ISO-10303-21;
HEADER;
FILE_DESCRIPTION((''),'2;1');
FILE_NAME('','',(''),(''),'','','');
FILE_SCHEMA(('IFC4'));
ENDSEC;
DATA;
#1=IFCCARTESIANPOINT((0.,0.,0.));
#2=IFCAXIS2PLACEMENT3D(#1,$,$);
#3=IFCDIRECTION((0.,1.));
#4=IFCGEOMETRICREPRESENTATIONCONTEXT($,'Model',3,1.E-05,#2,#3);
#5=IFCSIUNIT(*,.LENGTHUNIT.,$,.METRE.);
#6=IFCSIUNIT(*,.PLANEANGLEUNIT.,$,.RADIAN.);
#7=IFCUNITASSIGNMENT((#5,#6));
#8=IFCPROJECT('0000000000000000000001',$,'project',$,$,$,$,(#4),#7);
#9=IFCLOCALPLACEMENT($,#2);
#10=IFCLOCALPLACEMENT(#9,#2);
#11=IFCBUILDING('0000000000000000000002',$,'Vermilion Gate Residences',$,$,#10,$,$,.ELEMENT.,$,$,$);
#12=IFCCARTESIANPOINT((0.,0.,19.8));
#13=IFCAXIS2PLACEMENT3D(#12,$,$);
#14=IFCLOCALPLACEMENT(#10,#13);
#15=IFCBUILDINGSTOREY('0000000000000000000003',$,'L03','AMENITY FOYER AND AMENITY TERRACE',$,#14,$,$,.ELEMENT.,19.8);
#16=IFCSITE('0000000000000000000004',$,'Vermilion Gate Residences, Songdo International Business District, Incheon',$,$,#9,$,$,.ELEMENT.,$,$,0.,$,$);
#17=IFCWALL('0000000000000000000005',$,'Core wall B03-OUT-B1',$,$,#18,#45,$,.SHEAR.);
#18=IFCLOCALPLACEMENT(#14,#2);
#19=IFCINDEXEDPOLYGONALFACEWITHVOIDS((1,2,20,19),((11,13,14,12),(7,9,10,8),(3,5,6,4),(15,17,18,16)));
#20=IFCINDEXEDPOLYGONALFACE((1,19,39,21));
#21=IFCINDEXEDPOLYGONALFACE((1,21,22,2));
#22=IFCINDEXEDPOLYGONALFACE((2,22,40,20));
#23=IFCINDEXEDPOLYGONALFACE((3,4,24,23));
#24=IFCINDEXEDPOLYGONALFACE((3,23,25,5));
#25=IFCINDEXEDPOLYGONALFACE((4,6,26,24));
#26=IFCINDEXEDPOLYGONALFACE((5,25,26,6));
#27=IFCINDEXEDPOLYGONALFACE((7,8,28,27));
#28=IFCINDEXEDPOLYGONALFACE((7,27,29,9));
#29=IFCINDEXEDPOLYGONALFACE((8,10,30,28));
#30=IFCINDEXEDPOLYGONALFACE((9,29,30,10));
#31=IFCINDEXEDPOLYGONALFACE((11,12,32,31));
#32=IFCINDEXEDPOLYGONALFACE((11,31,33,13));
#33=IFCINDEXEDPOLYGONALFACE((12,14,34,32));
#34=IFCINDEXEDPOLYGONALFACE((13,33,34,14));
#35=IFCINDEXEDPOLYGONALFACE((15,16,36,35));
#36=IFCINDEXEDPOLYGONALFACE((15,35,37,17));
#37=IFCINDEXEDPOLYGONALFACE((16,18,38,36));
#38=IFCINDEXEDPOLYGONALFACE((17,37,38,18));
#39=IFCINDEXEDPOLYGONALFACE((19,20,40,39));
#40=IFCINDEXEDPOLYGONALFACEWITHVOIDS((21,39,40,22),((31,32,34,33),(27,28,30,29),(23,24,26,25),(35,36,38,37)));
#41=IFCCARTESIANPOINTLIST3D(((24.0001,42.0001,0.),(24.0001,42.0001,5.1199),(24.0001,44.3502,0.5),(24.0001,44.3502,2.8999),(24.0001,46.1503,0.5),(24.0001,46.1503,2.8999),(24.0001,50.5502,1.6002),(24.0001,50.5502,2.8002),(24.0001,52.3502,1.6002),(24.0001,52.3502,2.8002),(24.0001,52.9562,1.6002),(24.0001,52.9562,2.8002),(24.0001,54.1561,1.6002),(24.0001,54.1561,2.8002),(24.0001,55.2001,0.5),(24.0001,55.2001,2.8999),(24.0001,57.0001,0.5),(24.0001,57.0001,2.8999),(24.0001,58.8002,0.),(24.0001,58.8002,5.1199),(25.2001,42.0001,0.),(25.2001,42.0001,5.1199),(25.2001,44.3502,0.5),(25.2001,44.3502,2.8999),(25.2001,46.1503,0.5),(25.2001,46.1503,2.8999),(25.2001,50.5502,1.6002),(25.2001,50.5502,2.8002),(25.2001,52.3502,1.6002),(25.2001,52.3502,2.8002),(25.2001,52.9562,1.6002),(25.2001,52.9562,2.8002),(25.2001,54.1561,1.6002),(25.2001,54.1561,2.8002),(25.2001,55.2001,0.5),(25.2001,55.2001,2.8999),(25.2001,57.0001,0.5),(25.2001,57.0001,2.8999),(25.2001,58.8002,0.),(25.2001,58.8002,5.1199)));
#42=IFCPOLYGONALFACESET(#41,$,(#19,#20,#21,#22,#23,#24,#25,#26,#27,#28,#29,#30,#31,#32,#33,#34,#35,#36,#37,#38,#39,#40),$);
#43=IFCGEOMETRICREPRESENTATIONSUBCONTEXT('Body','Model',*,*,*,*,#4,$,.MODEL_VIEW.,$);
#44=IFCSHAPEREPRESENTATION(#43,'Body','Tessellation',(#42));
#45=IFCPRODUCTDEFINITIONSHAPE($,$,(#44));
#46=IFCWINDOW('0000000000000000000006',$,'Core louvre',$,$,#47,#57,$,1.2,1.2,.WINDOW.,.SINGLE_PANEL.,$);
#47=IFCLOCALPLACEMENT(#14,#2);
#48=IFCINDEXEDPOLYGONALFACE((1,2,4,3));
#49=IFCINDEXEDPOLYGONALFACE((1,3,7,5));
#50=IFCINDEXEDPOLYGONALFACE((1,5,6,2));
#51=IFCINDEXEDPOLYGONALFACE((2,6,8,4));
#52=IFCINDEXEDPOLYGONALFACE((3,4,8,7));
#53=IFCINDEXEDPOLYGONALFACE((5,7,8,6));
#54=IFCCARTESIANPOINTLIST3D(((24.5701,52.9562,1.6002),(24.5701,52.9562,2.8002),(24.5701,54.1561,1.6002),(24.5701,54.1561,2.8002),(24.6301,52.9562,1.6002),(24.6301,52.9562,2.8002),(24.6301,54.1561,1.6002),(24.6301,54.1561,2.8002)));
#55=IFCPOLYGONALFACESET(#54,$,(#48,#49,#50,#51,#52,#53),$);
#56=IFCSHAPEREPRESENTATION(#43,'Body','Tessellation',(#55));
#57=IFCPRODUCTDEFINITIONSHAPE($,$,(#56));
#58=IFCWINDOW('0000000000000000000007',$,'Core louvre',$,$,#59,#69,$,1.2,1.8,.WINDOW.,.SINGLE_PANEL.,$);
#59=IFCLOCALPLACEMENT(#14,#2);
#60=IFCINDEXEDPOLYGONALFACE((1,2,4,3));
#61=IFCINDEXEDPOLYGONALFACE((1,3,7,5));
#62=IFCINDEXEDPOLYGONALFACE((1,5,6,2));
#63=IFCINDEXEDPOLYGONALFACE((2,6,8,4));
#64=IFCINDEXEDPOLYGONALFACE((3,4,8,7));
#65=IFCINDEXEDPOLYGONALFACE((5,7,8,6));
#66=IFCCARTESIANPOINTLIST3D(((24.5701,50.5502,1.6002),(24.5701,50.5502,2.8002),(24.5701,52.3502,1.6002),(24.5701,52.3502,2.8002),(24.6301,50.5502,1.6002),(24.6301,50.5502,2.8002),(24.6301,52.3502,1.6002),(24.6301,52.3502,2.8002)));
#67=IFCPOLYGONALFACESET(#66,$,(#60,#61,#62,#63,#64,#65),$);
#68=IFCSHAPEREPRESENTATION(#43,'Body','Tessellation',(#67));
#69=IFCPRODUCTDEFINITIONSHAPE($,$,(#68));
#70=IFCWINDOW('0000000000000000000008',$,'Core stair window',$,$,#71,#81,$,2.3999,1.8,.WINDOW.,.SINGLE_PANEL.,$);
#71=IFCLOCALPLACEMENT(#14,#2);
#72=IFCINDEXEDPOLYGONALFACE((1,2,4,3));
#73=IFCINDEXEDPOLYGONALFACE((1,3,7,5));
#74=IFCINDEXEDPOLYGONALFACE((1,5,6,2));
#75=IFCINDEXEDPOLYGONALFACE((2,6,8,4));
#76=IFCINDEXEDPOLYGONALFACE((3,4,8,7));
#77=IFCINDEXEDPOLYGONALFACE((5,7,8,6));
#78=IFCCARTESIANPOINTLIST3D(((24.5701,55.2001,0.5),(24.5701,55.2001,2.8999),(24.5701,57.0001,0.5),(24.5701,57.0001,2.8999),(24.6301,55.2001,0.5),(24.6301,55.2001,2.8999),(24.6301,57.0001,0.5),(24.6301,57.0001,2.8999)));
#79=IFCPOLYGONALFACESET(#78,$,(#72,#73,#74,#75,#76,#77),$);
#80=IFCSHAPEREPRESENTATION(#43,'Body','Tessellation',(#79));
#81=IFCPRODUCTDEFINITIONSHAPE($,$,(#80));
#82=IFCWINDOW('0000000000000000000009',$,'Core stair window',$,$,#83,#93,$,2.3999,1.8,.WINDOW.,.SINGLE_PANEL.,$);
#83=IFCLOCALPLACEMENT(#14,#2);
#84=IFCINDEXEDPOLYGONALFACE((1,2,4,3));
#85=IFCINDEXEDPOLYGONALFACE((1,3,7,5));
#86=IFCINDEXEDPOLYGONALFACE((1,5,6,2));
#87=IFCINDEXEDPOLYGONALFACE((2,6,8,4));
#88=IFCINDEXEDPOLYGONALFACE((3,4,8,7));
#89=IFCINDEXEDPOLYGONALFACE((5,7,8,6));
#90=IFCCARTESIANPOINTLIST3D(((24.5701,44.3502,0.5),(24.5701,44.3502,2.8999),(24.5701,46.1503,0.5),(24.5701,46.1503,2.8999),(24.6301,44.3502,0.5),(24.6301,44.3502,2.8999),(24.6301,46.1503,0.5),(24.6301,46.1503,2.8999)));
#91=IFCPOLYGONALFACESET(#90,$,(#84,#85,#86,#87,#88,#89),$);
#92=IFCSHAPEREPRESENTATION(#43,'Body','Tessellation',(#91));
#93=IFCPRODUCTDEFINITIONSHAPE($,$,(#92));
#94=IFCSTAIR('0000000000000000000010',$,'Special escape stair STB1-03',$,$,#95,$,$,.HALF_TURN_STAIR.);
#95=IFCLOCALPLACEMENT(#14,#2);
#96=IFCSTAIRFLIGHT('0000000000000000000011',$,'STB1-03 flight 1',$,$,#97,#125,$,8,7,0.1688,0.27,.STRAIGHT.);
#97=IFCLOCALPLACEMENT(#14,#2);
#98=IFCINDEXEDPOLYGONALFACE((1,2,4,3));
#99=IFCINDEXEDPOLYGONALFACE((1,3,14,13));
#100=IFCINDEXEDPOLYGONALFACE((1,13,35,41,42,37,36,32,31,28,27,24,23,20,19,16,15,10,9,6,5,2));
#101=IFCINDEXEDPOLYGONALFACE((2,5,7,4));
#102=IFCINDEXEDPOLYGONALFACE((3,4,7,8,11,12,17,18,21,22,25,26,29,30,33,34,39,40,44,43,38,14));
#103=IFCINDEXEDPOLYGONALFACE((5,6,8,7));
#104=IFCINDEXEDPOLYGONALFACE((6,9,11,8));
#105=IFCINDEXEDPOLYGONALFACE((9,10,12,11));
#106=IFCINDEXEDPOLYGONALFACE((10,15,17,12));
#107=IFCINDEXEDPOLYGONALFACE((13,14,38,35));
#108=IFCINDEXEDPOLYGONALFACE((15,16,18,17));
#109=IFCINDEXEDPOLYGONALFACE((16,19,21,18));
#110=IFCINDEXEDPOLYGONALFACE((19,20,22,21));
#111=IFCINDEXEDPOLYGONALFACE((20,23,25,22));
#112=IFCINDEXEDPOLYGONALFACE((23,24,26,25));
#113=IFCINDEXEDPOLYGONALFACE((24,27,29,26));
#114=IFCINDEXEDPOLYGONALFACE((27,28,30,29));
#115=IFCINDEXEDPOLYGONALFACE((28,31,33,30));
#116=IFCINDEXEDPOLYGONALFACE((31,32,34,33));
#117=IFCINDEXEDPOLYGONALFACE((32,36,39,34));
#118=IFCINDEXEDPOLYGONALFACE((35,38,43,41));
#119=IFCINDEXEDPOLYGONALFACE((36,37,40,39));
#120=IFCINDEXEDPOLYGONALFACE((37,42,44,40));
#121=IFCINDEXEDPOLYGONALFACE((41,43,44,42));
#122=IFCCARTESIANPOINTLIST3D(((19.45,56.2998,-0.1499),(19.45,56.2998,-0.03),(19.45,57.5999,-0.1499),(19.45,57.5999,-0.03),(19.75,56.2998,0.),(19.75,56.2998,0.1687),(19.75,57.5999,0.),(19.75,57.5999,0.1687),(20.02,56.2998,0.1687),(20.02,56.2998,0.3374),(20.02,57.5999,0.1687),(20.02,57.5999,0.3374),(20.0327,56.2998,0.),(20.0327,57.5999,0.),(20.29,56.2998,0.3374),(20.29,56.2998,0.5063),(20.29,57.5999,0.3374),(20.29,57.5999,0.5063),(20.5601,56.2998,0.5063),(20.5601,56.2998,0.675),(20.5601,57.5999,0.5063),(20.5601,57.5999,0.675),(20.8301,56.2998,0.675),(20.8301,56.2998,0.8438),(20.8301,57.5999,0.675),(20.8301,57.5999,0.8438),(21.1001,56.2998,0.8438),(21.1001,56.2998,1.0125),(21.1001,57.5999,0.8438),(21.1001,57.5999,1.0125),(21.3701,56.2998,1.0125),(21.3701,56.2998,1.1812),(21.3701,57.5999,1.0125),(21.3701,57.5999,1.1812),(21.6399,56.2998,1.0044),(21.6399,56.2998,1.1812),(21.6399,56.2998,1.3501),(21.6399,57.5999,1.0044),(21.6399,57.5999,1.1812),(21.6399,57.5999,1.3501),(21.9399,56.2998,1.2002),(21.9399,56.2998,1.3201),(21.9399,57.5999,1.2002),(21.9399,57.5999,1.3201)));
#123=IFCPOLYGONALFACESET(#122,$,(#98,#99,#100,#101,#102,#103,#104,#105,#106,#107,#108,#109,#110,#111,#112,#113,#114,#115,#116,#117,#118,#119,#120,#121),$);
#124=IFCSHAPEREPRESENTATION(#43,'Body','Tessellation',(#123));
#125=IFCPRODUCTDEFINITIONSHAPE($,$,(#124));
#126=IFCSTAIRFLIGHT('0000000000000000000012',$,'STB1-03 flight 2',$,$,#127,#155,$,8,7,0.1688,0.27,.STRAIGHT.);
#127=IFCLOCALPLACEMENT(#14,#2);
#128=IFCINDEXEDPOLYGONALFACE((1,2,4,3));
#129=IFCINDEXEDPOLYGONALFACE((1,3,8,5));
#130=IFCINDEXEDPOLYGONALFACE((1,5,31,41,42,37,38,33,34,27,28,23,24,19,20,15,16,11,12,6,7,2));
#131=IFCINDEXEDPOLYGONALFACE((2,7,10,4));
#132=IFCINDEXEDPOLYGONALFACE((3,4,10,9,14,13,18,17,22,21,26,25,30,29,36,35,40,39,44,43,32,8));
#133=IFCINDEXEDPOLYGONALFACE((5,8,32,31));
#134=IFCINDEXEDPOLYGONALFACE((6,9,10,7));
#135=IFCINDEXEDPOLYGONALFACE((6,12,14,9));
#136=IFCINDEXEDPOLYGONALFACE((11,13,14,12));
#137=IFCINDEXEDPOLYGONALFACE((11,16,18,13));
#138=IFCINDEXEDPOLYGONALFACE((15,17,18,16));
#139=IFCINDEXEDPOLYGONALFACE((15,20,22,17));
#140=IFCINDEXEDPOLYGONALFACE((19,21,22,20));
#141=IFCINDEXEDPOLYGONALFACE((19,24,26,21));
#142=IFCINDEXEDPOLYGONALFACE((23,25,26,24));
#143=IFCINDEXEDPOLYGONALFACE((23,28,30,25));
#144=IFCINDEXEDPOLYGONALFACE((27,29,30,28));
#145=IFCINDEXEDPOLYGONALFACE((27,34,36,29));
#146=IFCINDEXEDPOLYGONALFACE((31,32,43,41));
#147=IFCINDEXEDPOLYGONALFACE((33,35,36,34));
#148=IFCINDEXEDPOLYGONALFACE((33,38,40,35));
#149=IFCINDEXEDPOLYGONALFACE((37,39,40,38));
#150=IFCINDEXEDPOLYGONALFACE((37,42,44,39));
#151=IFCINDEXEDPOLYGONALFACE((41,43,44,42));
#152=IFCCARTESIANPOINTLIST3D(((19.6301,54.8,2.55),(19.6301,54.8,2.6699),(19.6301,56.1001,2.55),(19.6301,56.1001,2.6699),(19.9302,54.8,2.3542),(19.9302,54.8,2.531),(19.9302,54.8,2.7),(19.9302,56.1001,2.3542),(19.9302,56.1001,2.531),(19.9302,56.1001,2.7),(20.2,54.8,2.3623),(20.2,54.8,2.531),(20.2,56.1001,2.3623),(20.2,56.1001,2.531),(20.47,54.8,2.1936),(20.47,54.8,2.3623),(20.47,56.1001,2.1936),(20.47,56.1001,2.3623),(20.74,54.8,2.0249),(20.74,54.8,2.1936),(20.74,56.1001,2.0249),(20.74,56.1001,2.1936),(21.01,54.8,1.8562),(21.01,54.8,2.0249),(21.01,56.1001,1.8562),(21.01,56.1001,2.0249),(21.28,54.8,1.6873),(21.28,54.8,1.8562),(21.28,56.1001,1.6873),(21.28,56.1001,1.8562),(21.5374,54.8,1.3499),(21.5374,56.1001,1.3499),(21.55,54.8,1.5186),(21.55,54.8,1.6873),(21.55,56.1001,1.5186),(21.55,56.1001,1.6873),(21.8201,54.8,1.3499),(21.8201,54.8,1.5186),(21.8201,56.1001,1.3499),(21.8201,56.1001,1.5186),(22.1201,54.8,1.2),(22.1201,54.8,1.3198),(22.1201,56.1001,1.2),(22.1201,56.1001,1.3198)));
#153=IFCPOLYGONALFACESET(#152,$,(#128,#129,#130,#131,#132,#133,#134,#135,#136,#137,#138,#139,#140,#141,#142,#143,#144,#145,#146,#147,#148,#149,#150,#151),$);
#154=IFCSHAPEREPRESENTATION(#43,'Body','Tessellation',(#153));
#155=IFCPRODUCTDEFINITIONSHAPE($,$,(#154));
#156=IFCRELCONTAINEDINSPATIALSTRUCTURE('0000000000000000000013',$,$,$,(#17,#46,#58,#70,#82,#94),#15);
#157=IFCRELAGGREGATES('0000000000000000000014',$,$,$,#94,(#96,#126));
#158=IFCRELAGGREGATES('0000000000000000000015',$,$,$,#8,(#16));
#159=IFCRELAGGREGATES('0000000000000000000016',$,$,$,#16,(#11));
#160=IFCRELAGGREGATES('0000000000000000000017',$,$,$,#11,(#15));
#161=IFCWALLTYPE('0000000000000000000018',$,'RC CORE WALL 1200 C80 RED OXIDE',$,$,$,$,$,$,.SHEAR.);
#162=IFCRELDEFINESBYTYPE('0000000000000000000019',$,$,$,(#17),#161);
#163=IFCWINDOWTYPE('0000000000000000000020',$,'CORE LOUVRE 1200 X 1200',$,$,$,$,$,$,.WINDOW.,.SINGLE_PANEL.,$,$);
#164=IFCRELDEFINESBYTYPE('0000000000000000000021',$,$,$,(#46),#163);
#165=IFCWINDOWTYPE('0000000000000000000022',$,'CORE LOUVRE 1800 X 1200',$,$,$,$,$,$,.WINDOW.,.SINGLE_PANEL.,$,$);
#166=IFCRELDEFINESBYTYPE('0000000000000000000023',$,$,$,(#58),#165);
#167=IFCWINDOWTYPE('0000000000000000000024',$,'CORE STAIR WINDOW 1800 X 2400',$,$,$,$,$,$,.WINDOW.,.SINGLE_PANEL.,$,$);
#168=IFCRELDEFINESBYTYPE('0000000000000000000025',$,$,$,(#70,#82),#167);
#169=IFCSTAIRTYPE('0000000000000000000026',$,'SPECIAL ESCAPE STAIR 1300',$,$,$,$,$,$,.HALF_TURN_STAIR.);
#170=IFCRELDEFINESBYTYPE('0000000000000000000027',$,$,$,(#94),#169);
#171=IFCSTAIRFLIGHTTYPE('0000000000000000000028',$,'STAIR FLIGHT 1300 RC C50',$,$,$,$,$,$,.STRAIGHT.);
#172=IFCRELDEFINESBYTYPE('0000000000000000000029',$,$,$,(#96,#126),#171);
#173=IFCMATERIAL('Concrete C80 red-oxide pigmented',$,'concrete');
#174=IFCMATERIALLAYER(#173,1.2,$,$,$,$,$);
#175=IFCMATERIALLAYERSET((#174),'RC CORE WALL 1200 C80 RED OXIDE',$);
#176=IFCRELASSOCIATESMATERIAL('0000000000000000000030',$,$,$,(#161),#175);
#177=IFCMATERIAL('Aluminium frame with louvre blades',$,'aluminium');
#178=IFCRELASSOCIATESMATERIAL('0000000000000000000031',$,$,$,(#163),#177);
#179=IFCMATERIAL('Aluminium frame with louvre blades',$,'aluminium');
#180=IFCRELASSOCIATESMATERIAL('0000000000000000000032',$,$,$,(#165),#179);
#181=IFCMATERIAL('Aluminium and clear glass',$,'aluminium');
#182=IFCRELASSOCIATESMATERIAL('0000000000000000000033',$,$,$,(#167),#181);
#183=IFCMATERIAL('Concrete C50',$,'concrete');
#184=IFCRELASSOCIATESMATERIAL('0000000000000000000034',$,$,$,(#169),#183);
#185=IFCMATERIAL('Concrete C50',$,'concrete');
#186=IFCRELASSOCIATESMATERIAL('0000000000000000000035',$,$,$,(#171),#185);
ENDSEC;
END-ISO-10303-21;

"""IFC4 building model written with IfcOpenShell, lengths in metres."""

from ifc_helpers import new_model, si_unit, direction, frame, frame_2d, origin, place, context, subcontext, project, spatial, polyline, rectangle, outline, extrude, material, layer, layer_set, type_object, element, fill, aggregate, save


model = new_model("IFC4")

# Units and contexts
model_context = context("Model", 3, precision=1e-05, world=origin(), true_north=direction((0.0, 1.0)))
body_context = subcontext(model_context, "Body", "Model", "MODEL_VIEW")
ifc_project = project(units=[si_unit("LENGTHUNIT", "METRE"), si_unit("PLANEANGLEUNIT", "RADIAN")], contexts=[model_context])

# Site, building, storey
site_placement = place(None, origin())
site = spatial("IfcSite", under=ifc_project, at=site_placement, Name="Vermilion Gate Residences, Songdo International Business District, Incheon", CompositionType="ELEMENT", RefElevation=0.0)
building_placement = place(site_placement, origin())
building = spatial("IfcBuilding", under=site, at=building_placement, Name="Vermilion Gate Residences", CompositionType="ELEMENT")
storey_placement = place(building_placement, frame((0.0, 0.0, 19.8)))
storey = spatial("IfcBuildingStorey", under=building, at=storey_placement, Name="L03", Description="AMENITY FOYER AND AMENITY TERRACE", CompositionType="ELEMENT", Elevation=19.8)

# Wall, openings, windows
ifc_material_1 = material(Name="Concrete C80 red-oxide pigmented", Category="concrete")
ifc_layer_1 = layer(ifc_material_1, 1.2)
ifc_layer_set_1 = layer_set([ifc_layer_1], Name="RC CORE WALL 1200 C80 RED OXIDE")
wall_type_1 = type_object("IfcWallType", Name="RC CORE WALL 1200 C80 RED OXIDE", PredefinedType="SHEAR", material=ifc_layer_set_1)
wall_1_placement = place(storey_placement, frame((24.6001, 58.8, 0.0), z_axis=(0.0, 0.0, 1.0), x_axis=(0.0, -1.0, 0.0)))
wall_1 = element("IfcWall", 1, at=wall_1_placement, inside=storey, type_object=wall_type_1, Name="Core wall B03-OUT-B1", PredefinedType="SHEAR", context=body_context, shape_type="SweptSolid", body=[
    extrude(rectangle(XDim=16.8, YDim=1.2, at=frame_2d((8.3999, 0.0))), origin(), (0.0, 0.0, 1.0), 5.1199),
])
opening_1_placement = place(wall_1_placement, frame((1.8, 0.0, 0.5)))
opening_1 = element("IfcOpeningElement", 2, at=opening_1_placement, cuts=wall_1, PredefinedType="OPENING", context=body_context, shape_type="SweptSolid", body=[
    extrude(rectangle(XDim=1.8, YDim=2.3999, at=frame_2d((0.8999, 1.2))), frame((0.0, 0.6099, 0.0), z_axis=(0.0, -1.0, 0.0), x_axis=(1.0, 0.0, 0.0)), (0.0, 0.0, 1.0), 1.22),
])
opening_2_placement = place(wall_1_placement, frame((4.6438, 0.0, 1.6001)))
opening_2 = element("IfcOpeningElement", 3, at=opening_2_placement, cuts=wall_1, PredefinedType="OPENING", context=body_context, shape_type="SweptSolid", body=[
    extrude(rectangle(XDim=1.2, YDim=1.2, at=frame_2d((0.6001, 0.6001))), frame((0.0, 0.6099, 0.0), z_axis=(0.0, -1.0, 0.0), x_axis=(1.0, 0.0, 0.0)), (0.0, 0.0, 1.0), 1.22),
])
opening_3_placement = place(wall_1_placement, frame((6.45, 0.0, 1.6001)))
opening_3 = element("IfcOpeningElement", 4, at=opening_3_placement, cuts=wall_1, PredefinedType="OPENING", context=body_context, shape_type="SweptSolid", body=[
    extrude(rectangle(XDim=1.8, YDim=1.2, at=frame_2d((0.8999, 0.6001))), frame((0.0, 0.6099, 0.0), z_axis=(0.0, -1.0, 0.0), x_axis=(1.0, 0.0, 0.0)), (0.0, 0.0, 1.0), 1.22),
])
opening_4_placement = place(wall_1_placement, frame((12.6499, 0.0, 0.5)))
opening_4 = element("IfcOpeningElement", 5, at=opening_4_placement, cuts=wall_1, PredefinedType="OPENING", context=body_context, shape_type="SweptSolid", body=[
    extrude(rectangle(XDim=1.8, YDim=2.3999, at=frame_2d((0.8999, 1.2))), frame((0.0, 0.6099, 0.0), z_axis=(0.0, -1.0, 0.0), x_axis=(1.0, 0.0, 0.0)), (0.0, 0.0, 1.0), 1.22),
])
ifc_material_2 = material(Name="Aluminium frame with louvre blades", Category="aluminium")
window_type_1 = type_object("IfcWindowType", Name="CORE LOUVRE 1200 X 1200", PartitioningType="SINGLE_PANEL", PredefinedType="WINDOW", material=ifc_material_2)
window_1_placement = place(opening_2_placement, origin())
window_1 = element("IfcWindow", 6, at=window_1_placement, inside=storey, type_object=window_type_1, Name="Core louvre", OverallHeight=1.2, OverallWidth=1.2, PartitioningType="SINGLE_PANEL", PredefinedType="WINDOW", context=body_context, shape_type="SweptSolid", body=[
    extrude(rectangle(XDim=1.2, YDim=1.2, at=frame_2d((0.6001, 0.6001))), frame((0.0, 0.03, 0.0), z_axis=(0.0, -1.0, 0.0), x_axis=(1.0, 0.0, 0.0)), (0.0, 0.0, 1.0), 0.0601),
])
fill(opening_2, window_1)
ifc_material_3 = material(Name="Aluminium frame with louvre blades", Category="aluminium")
window_type_2 = type_object("IfcWindowType", Name="CORE LOUVRE 1800 X 1200", PartitioningType="SINGLE_PANEL", PredefinedType="WINDOW", material=ifc_material_3)
window_2_placement = place(opening_3_placement, origin())
window_2 = element("IfcWindow", 7, at=window_2_placement, inside=storey, type_object=window_type_2, Name="Core louvre", OverallHeight=1.2, OverallWidth=1.8, PartitioningType="SINGLE_PANEL", PredefinedType="WINDOW", context=body_context, shape_type="SweptSolid", body=[
    extrude(rectangle(XDim=1.8, YDim=1.2, at=frame_2d((0.8999, 0.6001))), frame((0.0, 0.03, 0.0), z_axis=(0.0, -1.0, 0.0), x_axis=(1.0, 0.0, 0.0)), (0.0, 0.0, 1.0), 0.0601),
])
fill(opening_3, window_2)
ifc_material_4 = material(Name="Aluminium and clear glass", Category="aluminium")
window_type_3 = type_object("IfcWindowType", Name="CORE STAIR WINDOW 1800 X 2400", PartitioningType="SINGLE_PANEL", PredefinedType="WINDOW", material=ifc_material_4)
window_3_placement = place(opening_1_placement, origin())
window_3 = element("IfcWindow", 8, at=window_3_placement, inside=storey, type_object=window_type_3, Name="Core stair window", OverallHeight=2.3999, OverallWidth=1.8, PartitioningType="SINGLE_PANEL", PredefinedType="WINDOW", context=body_context, shape_type="SweptSolid", body=[
    extrude(rectangle(XDim=1.8, YDim=2.3999, at=frame_2d((0.8999, 1.2))), frame((0.0, 0.03, 0.0), z_axis=(0.0, -1.0, 0.0), x_axis=(1.0, 0.0, 0.0)), (0.0, 0.0, 1.0), 0.0601),
])
fill(opening_1, window_3)
window_4_placement = place(opening_4_placement, origin())
window_4 = element("IfcWindow", 9, at=window_4_placement, inside=storey, type_object=window_type_3, Name="Core stair window", OverallHeight=2.3999, OverallWidth=1.8, PartitioningType="SINGLE_PANEL", PredefinedType="WINDOW", context=body_context, shape_type="SweptSolid", body=[
    extrude(rectangle(XDim=1.8, YDim=2.3999, at=frame_2d((0.8999, 1.2))), frame((0.0, 0.03, 0.0), z_axis=(0.0, -1.0, 0.0), x_axis=(1.0, 0.0, 0.0)), (0.0, 0.0, 1.0), 0.0601),
])
fill(opening_4, window_4)

# Stair, stair flights
ifc_material_5 = material(Name="Concrete C50", Category="concrete")
stair_type = type_object("IfcStairType", Name="SPECIAL ESCAPE STAIR 1300", PredefinedType="HALF_TURN_STAIR", material=ifc_material_5)
stair_placement = place(storey_placement, origin())
stair = element("IfcStair", 10, at=stair_placement, inside=storey, type_object=stair_type, Name="Special escape stair STB1-03", PredefinedType="HALF_TURN_STAIR")
ifc_material_6 = material(Name="Concrete C50", Category="concrete")
stair_flight_type = type_object("IfcStairFlightType", Name="STAIR FLIGHT 1300 RC C50", PredefinedType="STRAIGHT", material=ifc_material_6)
stair_flight_1_placement = place(storey_placement, frame((19.75, 56.95, 0.0), z_axis=(0.0, 0.0, 1.0), x_axis=(1.0, 0.0, 0.0)))
stair_flight_1 = element("IfcStairFlight", 11, at=stair_flight_1_placement, type_object=stair_flight_type, Name="STB1-03 flight 1", NumberOfRisers=8, NumberOfTreads=7, PredefinedType="STRAIGHT", RiserHeight=0.1688, TreadLength=0.27, context=body_context, shape_type="SweptSolid", body=[
    extrude(outline(polyline([(-0.3, -0.1499), (-0.3, -0.03), (0.0, 0.0), (0.0, 0.1687), (0.27, 0.1687), (0.27, 0.3374), (0.54, 0.3374), (0.54, 0.5063), (0.8101, 0.5063), (0.8101, 0.675), (1.0801, 0.675), (1.0801, 0.8438), (1.3501, 0.8438), (1.3501, 1.0125), (1.6201, 1.0125), (1.6201, 1.1812), (1.8899, 1.1812), (1.8899, 1.3501), (2.1899, 1.3201), (2.1899, 1.2002), (1.8899, 1.0044), (0.2827, 0.0), (-0.3, -0.1499)])), frame((0.0, 0.6499, 0.0), z_axis=(0.0, -1.0, 0.0), x_axis=(1.0, 0.0, 0.0)), (0.0, 0.0, 1.0), 1.3),
])
stair_flight_2_placement = place(storey_placement, frame((21.8201, 55.45, 1.3499), z_axis=(0.0, 0.0, 1.0), x_axis=(-1.0, 0.0, 0.0)))
stair_flight_2 = element("IfcStairFlight", 12, at=stair_flight_2_placement, type_object=stair_flight_type, Name="STB1-03 flight 2", NumberOfRisers=8, NumberOfTreads=7, PredefinedType="STRAIGHT", RiserHeight=0.1688, TreadLength=0.27, context=body_context, shape_type="SweptSolid", body=[
    extrude(outline(polyline([(-0.3, -0.1499), (-0.3, -0.03), (0.0, 0.0), (0.0, 0.1687), (0.27, 0.1687), (0.27, 0.3374), (0.54, 0.3374), (0.54, 0.5063), (0.8101, 0.5063), (0.8101, 0.675), (1.0801, 0.675), (1.0801, 0.8438), (1.3501, 0.8438), (1.3501, 1.0125), (1.6201, 1.0125), (1.6201, 1.1812), (1.8899, 1.1812), (1.8899, 1.3501), (2.1899, 1.3201), (2.1899, 1.2002), (1.8899, 1.0044), (0.2827, 0.0), (-0.3, -0.1499)])), frame((0.0, 0.6499, 0.0), z_axis=(0.0, -1.0, 0.0), x_axis=(1.0, 0.0, 0.0)), (0.0, 0.0, 1.0), 1.3),
])
aggregate(stair, [stair_flight_1, stair_flight_2])

save(model, "model.ifc")
